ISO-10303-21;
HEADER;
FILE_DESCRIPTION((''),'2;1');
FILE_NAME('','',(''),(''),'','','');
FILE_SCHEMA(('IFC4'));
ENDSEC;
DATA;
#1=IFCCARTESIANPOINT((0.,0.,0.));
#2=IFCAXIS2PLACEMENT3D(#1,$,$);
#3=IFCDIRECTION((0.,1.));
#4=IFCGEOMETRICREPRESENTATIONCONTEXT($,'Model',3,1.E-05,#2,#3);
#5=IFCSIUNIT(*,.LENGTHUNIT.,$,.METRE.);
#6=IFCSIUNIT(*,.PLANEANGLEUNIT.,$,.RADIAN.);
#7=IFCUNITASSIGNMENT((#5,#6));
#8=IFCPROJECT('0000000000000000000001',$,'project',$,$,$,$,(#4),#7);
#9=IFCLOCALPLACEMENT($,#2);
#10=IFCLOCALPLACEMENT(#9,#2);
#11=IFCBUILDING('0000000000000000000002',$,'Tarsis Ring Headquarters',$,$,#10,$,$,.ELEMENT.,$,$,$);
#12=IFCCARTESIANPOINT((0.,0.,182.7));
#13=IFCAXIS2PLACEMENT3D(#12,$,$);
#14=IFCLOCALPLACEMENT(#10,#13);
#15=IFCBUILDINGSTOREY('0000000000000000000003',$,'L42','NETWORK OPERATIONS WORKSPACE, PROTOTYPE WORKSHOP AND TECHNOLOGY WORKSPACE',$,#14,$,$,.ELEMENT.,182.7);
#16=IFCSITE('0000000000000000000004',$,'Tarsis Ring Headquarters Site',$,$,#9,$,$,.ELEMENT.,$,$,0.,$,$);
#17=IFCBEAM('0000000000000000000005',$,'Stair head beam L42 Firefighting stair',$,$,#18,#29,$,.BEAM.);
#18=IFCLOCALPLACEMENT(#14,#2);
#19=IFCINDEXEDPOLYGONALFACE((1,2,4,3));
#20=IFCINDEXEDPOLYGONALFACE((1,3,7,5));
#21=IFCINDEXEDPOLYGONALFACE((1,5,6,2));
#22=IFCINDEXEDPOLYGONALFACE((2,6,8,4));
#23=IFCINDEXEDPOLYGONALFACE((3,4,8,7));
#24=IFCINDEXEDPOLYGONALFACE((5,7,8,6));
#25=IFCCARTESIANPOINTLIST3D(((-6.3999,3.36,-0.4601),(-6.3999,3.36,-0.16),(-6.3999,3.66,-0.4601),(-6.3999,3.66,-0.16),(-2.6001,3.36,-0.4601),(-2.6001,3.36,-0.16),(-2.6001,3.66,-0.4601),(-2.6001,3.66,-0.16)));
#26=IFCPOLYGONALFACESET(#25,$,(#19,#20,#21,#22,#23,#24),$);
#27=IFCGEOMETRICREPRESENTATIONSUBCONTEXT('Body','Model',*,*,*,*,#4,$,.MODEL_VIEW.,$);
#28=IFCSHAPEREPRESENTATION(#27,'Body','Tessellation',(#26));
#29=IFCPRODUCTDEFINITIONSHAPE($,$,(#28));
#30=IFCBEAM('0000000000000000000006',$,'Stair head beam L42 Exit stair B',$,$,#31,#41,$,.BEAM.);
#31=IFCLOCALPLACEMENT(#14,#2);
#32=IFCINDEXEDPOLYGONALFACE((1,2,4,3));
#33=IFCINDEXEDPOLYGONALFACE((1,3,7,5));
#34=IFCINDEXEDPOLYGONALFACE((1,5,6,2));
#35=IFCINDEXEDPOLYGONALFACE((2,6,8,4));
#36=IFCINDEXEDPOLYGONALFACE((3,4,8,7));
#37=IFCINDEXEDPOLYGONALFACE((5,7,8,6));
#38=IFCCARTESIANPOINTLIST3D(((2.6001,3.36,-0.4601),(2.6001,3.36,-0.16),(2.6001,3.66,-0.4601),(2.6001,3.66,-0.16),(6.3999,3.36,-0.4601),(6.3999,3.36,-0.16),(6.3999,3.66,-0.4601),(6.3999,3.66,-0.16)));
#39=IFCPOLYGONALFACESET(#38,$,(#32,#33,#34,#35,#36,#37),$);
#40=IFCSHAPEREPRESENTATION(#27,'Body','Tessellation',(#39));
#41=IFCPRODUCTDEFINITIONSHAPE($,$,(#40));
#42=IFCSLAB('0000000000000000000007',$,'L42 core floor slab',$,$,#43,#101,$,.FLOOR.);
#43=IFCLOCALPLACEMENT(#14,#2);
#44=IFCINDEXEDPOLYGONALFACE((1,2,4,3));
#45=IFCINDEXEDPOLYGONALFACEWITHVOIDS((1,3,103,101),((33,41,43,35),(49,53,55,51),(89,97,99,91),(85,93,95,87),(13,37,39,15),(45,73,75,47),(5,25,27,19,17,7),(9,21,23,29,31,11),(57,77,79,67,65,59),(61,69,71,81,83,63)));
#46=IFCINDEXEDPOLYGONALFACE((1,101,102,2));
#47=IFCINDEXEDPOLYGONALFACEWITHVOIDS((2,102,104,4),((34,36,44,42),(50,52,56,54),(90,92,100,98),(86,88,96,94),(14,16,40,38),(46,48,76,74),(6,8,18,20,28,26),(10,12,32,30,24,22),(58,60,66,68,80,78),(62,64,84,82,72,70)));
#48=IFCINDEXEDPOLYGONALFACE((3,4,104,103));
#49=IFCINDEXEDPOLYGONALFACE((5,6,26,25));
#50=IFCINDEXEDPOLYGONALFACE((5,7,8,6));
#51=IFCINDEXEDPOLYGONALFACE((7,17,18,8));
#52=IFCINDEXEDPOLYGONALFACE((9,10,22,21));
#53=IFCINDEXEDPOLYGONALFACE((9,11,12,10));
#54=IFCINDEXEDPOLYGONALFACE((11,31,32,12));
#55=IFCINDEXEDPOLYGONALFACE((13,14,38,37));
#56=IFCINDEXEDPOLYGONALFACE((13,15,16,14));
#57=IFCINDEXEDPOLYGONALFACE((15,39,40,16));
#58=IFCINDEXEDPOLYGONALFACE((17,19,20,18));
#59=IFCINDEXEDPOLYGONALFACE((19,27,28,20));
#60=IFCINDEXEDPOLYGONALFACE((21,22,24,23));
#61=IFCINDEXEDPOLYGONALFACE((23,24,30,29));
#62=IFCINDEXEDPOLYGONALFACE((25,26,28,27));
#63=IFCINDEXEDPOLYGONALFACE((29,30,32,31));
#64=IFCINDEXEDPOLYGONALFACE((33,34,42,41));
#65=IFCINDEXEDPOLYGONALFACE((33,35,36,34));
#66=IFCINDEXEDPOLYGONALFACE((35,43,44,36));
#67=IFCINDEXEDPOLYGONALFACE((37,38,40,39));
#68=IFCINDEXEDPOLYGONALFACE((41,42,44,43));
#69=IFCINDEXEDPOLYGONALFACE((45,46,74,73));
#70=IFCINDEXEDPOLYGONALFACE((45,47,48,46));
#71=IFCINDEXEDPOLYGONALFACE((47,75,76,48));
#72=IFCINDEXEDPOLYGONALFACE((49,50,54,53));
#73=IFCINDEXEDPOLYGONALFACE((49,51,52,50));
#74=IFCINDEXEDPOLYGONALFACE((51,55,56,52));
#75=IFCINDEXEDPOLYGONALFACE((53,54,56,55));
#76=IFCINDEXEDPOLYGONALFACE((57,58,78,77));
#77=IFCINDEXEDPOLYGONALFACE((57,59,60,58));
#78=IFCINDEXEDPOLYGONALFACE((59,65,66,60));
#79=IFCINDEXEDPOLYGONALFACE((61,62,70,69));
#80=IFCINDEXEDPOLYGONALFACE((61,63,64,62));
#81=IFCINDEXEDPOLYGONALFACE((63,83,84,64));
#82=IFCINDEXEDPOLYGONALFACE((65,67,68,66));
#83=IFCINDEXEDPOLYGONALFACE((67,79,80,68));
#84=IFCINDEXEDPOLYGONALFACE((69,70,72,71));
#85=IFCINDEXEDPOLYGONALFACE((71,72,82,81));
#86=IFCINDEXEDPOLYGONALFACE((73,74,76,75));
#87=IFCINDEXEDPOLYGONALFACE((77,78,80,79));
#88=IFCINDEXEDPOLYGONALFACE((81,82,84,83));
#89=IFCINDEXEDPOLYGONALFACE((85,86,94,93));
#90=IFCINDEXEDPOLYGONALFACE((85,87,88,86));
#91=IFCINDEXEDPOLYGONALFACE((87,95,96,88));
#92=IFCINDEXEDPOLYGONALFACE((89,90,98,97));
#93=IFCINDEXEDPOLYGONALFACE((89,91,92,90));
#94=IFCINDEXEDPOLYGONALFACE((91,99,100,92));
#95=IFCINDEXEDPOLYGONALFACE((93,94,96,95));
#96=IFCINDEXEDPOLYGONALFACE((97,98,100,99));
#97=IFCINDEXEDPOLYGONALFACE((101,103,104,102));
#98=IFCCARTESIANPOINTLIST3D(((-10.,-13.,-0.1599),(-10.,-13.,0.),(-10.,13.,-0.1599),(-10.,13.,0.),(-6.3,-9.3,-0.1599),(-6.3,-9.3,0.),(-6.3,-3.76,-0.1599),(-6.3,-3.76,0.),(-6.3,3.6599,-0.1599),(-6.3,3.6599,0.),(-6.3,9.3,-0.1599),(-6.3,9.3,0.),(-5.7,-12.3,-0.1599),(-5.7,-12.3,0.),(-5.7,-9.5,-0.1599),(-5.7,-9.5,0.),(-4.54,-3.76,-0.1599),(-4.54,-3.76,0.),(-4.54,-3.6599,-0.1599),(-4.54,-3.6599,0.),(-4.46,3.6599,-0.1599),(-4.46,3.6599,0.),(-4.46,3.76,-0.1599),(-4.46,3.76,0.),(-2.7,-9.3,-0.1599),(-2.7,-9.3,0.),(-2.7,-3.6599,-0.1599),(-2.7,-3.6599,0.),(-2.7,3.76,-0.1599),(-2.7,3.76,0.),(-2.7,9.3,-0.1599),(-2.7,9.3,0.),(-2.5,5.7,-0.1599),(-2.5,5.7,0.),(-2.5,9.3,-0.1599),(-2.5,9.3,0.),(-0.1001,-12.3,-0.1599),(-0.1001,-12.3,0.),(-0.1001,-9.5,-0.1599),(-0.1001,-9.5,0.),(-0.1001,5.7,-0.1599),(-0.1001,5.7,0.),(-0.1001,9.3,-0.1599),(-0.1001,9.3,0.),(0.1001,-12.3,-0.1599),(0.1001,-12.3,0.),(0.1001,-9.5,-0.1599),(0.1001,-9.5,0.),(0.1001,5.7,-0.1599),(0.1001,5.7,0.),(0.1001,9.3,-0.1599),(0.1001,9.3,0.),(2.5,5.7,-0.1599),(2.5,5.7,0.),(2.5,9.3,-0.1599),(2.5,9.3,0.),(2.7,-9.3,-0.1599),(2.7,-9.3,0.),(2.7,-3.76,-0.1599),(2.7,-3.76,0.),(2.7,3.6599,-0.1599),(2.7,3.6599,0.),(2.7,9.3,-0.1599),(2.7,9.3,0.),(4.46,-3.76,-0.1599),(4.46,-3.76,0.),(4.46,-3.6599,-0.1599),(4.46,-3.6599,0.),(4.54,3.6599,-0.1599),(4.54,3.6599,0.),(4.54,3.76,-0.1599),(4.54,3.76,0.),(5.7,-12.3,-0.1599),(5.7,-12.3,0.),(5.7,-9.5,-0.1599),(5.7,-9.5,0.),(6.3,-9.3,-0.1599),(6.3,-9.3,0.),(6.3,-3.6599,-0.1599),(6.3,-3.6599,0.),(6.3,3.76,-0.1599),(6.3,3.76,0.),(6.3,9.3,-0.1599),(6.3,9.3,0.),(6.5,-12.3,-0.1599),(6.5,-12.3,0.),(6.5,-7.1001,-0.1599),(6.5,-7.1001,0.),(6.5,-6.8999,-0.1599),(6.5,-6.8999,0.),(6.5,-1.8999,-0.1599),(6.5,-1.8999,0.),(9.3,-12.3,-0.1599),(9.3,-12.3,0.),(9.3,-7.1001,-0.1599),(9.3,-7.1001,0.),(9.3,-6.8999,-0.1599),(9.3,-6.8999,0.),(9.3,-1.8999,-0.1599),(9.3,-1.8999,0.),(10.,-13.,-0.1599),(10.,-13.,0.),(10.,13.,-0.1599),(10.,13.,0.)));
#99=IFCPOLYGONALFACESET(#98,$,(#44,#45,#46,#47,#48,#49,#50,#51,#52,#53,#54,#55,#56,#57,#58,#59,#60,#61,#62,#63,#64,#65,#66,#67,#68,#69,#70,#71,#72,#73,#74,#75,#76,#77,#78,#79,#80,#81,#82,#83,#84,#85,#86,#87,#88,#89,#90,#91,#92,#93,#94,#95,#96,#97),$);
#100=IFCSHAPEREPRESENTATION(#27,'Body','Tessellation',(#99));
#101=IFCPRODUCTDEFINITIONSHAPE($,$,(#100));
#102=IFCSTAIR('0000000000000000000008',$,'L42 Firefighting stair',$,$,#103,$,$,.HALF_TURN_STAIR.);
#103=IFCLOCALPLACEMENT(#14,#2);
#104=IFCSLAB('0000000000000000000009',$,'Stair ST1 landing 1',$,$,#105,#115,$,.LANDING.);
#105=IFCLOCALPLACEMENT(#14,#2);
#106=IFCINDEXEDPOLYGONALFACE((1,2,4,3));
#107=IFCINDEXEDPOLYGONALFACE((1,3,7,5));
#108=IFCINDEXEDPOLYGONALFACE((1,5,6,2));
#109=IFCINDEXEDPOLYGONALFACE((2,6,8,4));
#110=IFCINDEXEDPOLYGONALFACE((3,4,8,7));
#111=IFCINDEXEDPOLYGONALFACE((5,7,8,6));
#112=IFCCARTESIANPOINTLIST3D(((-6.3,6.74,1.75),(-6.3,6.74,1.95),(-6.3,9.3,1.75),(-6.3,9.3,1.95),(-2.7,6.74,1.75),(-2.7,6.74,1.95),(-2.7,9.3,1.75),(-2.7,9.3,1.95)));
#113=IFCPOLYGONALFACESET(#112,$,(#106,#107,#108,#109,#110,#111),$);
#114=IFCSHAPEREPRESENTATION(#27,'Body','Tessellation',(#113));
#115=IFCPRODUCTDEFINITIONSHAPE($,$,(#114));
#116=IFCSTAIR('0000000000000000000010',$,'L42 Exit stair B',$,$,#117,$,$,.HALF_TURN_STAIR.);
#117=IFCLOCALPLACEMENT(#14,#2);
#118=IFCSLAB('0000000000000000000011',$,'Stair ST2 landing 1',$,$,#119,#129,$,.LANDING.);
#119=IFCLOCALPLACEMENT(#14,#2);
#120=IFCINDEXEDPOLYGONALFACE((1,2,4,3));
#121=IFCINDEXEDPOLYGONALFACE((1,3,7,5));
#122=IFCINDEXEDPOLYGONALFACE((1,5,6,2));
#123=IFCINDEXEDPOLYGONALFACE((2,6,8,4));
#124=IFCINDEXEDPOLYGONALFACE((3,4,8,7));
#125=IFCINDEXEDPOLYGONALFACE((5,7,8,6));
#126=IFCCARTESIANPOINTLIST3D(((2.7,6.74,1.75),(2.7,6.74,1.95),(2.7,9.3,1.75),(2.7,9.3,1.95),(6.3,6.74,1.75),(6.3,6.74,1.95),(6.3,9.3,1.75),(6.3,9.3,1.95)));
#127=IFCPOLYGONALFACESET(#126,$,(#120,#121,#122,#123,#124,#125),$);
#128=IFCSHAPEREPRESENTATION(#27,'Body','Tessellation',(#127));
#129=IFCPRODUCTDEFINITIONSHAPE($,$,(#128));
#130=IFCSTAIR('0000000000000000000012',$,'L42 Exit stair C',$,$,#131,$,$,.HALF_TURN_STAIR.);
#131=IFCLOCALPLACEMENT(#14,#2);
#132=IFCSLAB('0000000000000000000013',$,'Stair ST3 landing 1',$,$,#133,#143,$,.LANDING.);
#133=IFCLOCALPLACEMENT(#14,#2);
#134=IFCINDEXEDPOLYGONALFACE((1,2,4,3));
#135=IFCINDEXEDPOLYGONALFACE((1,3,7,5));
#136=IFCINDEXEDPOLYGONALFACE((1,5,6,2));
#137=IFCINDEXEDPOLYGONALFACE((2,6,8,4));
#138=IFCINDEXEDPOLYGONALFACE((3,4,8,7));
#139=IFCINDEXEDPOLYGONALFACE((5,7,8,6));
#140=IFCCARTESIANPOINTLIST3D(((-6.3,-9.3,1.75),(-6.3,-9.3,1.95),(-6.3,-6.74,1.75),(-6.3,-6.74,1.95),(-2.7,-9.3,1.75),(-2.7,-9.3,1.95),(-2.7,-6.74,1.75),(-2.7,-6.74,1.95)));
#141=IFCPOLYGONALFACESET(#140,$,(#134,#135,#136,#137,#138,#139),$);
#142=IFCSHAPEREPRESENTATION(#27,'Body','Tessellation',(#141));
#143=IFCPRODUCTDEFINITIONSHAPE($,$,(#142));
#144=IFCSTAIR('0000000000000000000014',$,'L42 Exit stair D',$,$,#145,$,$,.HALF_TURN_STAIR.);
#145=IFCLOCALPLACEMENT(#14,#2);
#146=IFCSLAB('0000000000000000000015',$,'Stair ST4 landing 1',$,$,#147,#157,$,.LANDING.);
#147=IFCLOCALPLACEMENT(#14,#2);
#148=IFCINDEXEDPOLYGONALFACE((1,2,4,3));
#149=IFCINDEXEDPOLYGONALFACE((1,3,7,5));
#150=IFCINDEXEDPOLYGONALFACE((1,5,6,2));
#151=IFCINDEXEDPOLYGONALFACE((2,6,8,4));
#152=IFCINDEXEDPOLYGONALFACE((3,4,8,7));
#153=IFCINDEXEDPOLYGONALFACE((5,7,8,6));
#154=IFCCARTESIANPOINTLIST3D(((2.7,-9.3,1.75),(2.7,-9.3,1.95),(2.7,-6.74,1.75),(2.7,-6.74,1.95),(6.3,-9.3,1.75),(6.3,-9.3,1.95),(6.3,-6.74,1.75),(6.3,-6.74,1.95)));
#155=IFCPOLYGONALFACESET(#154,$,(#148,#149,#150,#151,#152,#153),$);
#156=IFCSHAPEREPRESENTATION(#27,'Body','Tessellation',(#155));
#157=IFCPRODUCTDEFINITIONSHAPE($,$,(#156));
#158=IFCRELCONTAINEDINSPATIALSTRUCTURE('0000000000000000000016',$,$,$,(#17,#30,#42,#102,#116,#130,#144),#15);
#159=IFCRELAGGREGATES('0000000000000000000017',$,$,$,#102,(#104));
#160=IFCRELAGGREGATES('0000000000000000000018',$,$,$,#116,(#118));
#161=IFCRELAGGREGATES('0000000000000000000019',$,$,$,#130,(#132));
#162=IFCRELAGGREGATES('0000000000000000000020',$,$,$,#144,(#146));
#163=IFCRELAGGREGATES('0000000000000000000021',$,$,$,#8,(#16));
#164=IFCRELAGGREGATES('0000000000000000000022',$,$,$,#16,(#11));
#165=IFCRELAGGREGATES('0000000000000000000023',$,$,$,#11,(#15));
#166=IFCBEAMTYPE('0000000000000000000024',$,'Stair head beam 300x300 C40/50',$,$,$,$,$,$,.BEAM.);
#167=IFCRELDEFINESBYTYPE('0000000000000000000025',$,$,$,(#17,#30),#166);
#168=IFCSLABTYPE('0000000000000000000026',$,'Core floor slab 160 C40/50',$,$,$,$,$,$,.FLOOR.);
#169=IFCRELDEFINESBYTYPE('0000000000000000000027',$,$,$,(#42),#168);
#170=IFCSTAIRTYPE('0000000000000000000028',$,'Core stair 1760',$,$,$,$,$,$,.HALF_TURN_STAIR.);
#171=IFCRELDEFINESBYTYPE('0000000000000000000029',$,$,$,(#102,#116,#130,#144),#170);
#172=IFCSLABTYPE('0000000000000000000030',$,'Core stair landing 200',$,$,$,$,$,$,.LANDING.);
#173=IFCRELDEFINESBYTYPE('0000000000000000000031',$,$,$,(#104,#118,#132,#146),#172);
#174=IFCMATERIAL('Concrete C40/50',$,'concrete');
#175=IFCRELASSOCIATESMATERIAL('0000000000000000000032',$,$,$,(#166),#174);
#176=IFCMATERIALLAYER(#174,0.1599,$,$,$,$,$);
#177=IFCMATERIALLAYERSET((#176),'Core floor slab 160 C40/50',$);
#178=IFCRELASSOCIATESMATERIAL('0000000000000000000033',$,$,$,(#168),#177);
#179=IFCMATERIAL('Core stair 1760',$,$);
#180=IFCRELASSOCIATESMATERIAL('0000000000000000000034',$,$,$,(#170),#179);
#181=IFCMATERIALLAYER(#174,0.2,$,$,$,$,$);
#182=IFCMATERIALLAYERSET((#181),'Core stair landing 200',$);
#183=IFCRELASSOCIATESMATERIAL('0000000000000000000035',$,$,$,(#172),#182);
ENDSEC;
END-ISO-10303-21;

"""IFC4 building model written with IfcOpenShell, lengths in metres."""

from ifc_helpers import new_model, si_unit, direction, frame, origin, origin_2d, place, context, subcontext, project, spatial, polyline, rectangle, outline, extrude, material, layer, layer_set, material_profile, profile_set, type_object, element, aggregate, save


model = new_model("IFC4")

# Units and contexts
model_context = context("Model", 3, precision=1e-05, world=origin(), true_north=direction((0.0, 1.0)))
body_context = subcontext(model_context, "Body", "Model", "MODEL_VIEW")
ifc_project = project(units=[si_unit("LENGTHUNIT", "METRE"), si_unit("PLANEANGLEUNIT", "RADIAN")], contexts=[model_context])

# Site, building, storey
site_placement = place(None, origin())
site = spatial("IfcSite", under=ifc_project, at=site_placement, Name="Tarsis Ring Headquarters Site", CompositionType="ELEMENT", RefElevation=0.0)
building_placement = place(site_placement, origin())
building = spatial("IfcBuilding", under=site, at=building_placement, Name="Tarsis Ring Headquarters", CompositionType="ELEMENT")
storey_placement = place(building_placement, frame((0.0, 0.0, 182.7)))
storey = spatial("IfcBuildingStorey", under=building, at=storey_placement, Name="L42", Description="NETWORK OPERATIONS WORKSPACE, PROTOTYPE WORKSHOP AND TECHNOLOGY WORKSPACE", CompositionType="ELEMENT", Elevation=182.7)

# Beams
ifc_material_1 = material(Name="Concrete C40/50", Category="concrete")
ifc_material_profile = material_profile(ifc_material_1, rectangle(XDim=0.3, YDim=0.3, at=origin_2d()), Name="Stair head beam 300x300 C40/50")
ifc_profile_set = profile_set([ifc_material_profile], Name="Concrete C40/50")
beam_type = type_object("IfcBeamType", Name="Stair head beam 300x300 C40/50", PredefinedType="BEAM", material=ifc_profile_set)
for number, where, z_axis, x_axis, name in (
    (1, (-6.3999, 3.51, -0.3101), (1.0, 0.0, 0.0), (0.0, 1.0, 0.0), "Stair head beam L42 Firefighting stair"),
    (2, (2.6001, 3.51, -0.3101), (1.0, 0.0, 0.0), (0.0, 1.0, 0.0), "Stair head beam L42 Exit stair B"),
):
    element("IfcBeam", number, at=place(storey_placement, frame(where, z_axis=z_axis, x_axis=x_axis)), inside=storey, type_object=beam_type, Name=name, PredefinedType="BEAM", context=body_context, shape_type="SweptSolid", body=[
        extrude(rectangle(XDim=0.3, YDim=0.3, at=origin_2d()), origin(), (0.0, 0.0, 1.0), 3.7998),
    ])

# Slab
ifc_layer_1 = layer(ifc_material_1, 0.1599)
ifc_layer_set_1 = layer_set([ifc_layer_1], Name="Core floor slab 160 C40/50")
slab_type_1 = type_object("IfcSlabType", Name="Core floor slab 160 C40/50", PredefinedType="FLOOR", material=ifc_layer_set_1)
slab_1_placement = place(storey_placement, frame((0.0, 0.0, -0.1599)))
element("IfcSlab", 3, at=slab_1_placement, inside=storey, type_object=slab_type_1, Name="L42 core floor slab", PredefinedType="FLOOR", context=body_context, shape_type="SweptSolid", body=[
    extrude(outline(polyline([(-10.0, -13.0), (10.0, -13.0), (10.0, 13.0), (-10.0, 13.0), (-10.0, -13.0)]), holes=[polyline([(-2.5, 5.7), (-0.1001, 5.7), (-0.1001, 9.3), (-2.5, 9.3), (-2.5, 5.7)]), polyline([(0.1001, 5.7), (2.5, 5.7), (2.5, 9.3), (0.1001, 9.3), (0.1001, 5.7)]), polyline([(6.5, -12.3), (9.3, -12.3), (9.3, -7.1001), (6.5, -7.1001), (6.5, -12.3)]), polyline([(6.5, -6.8999), (9.3, -6.8999), (9.3, -1.8999), (6.5, -1.8999), (6.5, -6.8999)]), polyline([(-5.7, -12.3), (-0.1001, -12.3), (-0.1001, -9.5), (-5.7, -9.5), (-5.7, -12.3)]), polyline([(0.1001, -12.3), (5.7, -12.3), (5.7, -9.5), (0.1001, -9.5), (0.1001, -12.3)]), polyline([(-2.7, 3.76), (-2.7, 9.3), (-6.3, 9.3), (-6.3, 3.6599), (-4.46, 3.6599), (-4.46, 3.76), (-2.7, 3.76)]), polyline([(6.3, 3.76), (6.3, 9.3), (2.7, 9.3), (2.7, 3.6599), (4.54, 3.6599), (4.54, 3.76), (6.3, 3.76)]), polyline([(-6.3, -3.76), (-6.3, -9.3), (-2.7, -9.3), (-2.7, -3.6599), (-4.54, -3.6599), (-4.54, -3.76), (-6.3, -3.76)]), polyline([(2.7, -3.76), (2.7, -9.3), (6.3, -9.3), (6.3, -3.6599), (4.46, -3.6599), (4.46, -3.76), (2.7, -3.76)])]), origin(), (0.0, 0.0, 1.0), 0.1599),
])

# Stairs, slabs
ifc_material_2 = material(Name="Core stair 1760")
stair_type = type_object("IfcStairType", Name="Core stair 1760", PredefinedType="HALF_TURN_STAIR", material=ifc_material_2)
stair_1_placement = place(storey_placement, origin())
stair_1 = element("IfcStair", 4, at=stair_1_placement, inside=storey, type_object=stair_type, Name="L42 Firefighting stair", PredefinedType="HALF_TURN_STAIR")
ifc_layer_2 = layer(ifc_material_1, 0.2)
ifc_layer_set_2 = layer_set([ifc_layer_2], Name="Core stair landing 200")
slab_type_2 = type_object("IfcSlabType", Name="Core stair landing 200", PredefinedType="LANDING", material=ifc_layer_set_2)
slab_2_placement = place(storey_placement, frame((0.0, 0.0, 1.75)))
slab_2 = element("IfcSlab", 5, at=slab_2_placement, type_object=slab_type_2, Name="Stair ST1 landing 1", PredefinedType="LANDING", context=body_context, shape_type="SweptSolid", body=[
    extrude(outline(polyline([(-2.7, 6.74), (-2.7, 9.3), (-6.3, 9.3), (-6.3, 6.74), (-2.7, 6.74)])), origin(), (0.0, 0.0, 1.0), 0.2),
])
aggregate(stair_1, [slab_2])
stair_2_placement = place(storey_placement, origin())
stair_2 = element("IfcStair", 6, at=stair_2_placement, inside=storey, type_object=stair_type, Name="L42 Exit stair B", PredefinedType="HALF_TURN_STAIR")
slab_3_placement = place(storey_placement, frame((0.0, 0.0, 1.75)))
slab_3 = element("IfcSlab", 7, at=slab_3_placement, type_object=slab_type_2, Name="Stair ST2 landing 1", PredefinedType="LANDING", context=body_context, shape_type="SweptSolid", body=[
    extrude(outline(polyline([(6.3, 6.74), (6.3, 9.3), (2.7, 9.3), (2.7, 6.74), (6.3, 6.74)])), origin(), (0.0, 0.0, 1.0), 0.2),
])
aggregate(stair_2, [slab_3])
stair_3_placement = place(storey_placement, origin())
stair_3 = element("IfcStair", 8, at=stair_3_placement, inside=storey, type_object=stair_type, Name="L42 Exit stair C", PredefinedType="HALF_TURN_STAIR")
slab_4_placement = place(storey_placement, frame((0.0, 0.0, 1.75)))
slab_4 = element("IfcSlab", 9, at=slab_4_placement, type_object=slab_type_2, Name="Stair ST3 landing 1", PredefinedType="LANDING", context=body_context, shape_type="SweptSolid", body=[
    extrude(outline(polyline([(-6.3, -6.74), (-6.3, -9.3), (-2.7, -9.3), (-2.7, -6.74), (-6.3, -6.74)])), origin(), (0.0, 0.0, 1.0), 0.2),
])
aggregate(stair_3, [slab_4])
stair_4_placement = place(storey_placement, origin())
stair_4 = element("IfcStair", 10, at=stair_4_placement, inside=storey, type_object=stair_type, Name="L42 Exit stair D", PredefinedType="HALF_TURN_STAIR")
slab_5_placement = place(storey_placement, frame((0.0, 0.0, 1.75)))
slab_5 = element("IfcSlab", 11, at=slab_5_placement, type_object=slab_type_2, Name="Stair ST4 landing 1", PredefinedType="LANDING", context=body_context, shape_type="SweptSolid", body=[
    extrude(outline(polyline([(2.7, -6.74), (2.7, -9.3), (6.3, -9.3), (6.3, -6.74), (2.7, -6.74)])), origin(), (0.0, 0.0, 1.0), 0.2),
])
aggregate(stair_4, [slab_5])

save(model, "model.ifc")
